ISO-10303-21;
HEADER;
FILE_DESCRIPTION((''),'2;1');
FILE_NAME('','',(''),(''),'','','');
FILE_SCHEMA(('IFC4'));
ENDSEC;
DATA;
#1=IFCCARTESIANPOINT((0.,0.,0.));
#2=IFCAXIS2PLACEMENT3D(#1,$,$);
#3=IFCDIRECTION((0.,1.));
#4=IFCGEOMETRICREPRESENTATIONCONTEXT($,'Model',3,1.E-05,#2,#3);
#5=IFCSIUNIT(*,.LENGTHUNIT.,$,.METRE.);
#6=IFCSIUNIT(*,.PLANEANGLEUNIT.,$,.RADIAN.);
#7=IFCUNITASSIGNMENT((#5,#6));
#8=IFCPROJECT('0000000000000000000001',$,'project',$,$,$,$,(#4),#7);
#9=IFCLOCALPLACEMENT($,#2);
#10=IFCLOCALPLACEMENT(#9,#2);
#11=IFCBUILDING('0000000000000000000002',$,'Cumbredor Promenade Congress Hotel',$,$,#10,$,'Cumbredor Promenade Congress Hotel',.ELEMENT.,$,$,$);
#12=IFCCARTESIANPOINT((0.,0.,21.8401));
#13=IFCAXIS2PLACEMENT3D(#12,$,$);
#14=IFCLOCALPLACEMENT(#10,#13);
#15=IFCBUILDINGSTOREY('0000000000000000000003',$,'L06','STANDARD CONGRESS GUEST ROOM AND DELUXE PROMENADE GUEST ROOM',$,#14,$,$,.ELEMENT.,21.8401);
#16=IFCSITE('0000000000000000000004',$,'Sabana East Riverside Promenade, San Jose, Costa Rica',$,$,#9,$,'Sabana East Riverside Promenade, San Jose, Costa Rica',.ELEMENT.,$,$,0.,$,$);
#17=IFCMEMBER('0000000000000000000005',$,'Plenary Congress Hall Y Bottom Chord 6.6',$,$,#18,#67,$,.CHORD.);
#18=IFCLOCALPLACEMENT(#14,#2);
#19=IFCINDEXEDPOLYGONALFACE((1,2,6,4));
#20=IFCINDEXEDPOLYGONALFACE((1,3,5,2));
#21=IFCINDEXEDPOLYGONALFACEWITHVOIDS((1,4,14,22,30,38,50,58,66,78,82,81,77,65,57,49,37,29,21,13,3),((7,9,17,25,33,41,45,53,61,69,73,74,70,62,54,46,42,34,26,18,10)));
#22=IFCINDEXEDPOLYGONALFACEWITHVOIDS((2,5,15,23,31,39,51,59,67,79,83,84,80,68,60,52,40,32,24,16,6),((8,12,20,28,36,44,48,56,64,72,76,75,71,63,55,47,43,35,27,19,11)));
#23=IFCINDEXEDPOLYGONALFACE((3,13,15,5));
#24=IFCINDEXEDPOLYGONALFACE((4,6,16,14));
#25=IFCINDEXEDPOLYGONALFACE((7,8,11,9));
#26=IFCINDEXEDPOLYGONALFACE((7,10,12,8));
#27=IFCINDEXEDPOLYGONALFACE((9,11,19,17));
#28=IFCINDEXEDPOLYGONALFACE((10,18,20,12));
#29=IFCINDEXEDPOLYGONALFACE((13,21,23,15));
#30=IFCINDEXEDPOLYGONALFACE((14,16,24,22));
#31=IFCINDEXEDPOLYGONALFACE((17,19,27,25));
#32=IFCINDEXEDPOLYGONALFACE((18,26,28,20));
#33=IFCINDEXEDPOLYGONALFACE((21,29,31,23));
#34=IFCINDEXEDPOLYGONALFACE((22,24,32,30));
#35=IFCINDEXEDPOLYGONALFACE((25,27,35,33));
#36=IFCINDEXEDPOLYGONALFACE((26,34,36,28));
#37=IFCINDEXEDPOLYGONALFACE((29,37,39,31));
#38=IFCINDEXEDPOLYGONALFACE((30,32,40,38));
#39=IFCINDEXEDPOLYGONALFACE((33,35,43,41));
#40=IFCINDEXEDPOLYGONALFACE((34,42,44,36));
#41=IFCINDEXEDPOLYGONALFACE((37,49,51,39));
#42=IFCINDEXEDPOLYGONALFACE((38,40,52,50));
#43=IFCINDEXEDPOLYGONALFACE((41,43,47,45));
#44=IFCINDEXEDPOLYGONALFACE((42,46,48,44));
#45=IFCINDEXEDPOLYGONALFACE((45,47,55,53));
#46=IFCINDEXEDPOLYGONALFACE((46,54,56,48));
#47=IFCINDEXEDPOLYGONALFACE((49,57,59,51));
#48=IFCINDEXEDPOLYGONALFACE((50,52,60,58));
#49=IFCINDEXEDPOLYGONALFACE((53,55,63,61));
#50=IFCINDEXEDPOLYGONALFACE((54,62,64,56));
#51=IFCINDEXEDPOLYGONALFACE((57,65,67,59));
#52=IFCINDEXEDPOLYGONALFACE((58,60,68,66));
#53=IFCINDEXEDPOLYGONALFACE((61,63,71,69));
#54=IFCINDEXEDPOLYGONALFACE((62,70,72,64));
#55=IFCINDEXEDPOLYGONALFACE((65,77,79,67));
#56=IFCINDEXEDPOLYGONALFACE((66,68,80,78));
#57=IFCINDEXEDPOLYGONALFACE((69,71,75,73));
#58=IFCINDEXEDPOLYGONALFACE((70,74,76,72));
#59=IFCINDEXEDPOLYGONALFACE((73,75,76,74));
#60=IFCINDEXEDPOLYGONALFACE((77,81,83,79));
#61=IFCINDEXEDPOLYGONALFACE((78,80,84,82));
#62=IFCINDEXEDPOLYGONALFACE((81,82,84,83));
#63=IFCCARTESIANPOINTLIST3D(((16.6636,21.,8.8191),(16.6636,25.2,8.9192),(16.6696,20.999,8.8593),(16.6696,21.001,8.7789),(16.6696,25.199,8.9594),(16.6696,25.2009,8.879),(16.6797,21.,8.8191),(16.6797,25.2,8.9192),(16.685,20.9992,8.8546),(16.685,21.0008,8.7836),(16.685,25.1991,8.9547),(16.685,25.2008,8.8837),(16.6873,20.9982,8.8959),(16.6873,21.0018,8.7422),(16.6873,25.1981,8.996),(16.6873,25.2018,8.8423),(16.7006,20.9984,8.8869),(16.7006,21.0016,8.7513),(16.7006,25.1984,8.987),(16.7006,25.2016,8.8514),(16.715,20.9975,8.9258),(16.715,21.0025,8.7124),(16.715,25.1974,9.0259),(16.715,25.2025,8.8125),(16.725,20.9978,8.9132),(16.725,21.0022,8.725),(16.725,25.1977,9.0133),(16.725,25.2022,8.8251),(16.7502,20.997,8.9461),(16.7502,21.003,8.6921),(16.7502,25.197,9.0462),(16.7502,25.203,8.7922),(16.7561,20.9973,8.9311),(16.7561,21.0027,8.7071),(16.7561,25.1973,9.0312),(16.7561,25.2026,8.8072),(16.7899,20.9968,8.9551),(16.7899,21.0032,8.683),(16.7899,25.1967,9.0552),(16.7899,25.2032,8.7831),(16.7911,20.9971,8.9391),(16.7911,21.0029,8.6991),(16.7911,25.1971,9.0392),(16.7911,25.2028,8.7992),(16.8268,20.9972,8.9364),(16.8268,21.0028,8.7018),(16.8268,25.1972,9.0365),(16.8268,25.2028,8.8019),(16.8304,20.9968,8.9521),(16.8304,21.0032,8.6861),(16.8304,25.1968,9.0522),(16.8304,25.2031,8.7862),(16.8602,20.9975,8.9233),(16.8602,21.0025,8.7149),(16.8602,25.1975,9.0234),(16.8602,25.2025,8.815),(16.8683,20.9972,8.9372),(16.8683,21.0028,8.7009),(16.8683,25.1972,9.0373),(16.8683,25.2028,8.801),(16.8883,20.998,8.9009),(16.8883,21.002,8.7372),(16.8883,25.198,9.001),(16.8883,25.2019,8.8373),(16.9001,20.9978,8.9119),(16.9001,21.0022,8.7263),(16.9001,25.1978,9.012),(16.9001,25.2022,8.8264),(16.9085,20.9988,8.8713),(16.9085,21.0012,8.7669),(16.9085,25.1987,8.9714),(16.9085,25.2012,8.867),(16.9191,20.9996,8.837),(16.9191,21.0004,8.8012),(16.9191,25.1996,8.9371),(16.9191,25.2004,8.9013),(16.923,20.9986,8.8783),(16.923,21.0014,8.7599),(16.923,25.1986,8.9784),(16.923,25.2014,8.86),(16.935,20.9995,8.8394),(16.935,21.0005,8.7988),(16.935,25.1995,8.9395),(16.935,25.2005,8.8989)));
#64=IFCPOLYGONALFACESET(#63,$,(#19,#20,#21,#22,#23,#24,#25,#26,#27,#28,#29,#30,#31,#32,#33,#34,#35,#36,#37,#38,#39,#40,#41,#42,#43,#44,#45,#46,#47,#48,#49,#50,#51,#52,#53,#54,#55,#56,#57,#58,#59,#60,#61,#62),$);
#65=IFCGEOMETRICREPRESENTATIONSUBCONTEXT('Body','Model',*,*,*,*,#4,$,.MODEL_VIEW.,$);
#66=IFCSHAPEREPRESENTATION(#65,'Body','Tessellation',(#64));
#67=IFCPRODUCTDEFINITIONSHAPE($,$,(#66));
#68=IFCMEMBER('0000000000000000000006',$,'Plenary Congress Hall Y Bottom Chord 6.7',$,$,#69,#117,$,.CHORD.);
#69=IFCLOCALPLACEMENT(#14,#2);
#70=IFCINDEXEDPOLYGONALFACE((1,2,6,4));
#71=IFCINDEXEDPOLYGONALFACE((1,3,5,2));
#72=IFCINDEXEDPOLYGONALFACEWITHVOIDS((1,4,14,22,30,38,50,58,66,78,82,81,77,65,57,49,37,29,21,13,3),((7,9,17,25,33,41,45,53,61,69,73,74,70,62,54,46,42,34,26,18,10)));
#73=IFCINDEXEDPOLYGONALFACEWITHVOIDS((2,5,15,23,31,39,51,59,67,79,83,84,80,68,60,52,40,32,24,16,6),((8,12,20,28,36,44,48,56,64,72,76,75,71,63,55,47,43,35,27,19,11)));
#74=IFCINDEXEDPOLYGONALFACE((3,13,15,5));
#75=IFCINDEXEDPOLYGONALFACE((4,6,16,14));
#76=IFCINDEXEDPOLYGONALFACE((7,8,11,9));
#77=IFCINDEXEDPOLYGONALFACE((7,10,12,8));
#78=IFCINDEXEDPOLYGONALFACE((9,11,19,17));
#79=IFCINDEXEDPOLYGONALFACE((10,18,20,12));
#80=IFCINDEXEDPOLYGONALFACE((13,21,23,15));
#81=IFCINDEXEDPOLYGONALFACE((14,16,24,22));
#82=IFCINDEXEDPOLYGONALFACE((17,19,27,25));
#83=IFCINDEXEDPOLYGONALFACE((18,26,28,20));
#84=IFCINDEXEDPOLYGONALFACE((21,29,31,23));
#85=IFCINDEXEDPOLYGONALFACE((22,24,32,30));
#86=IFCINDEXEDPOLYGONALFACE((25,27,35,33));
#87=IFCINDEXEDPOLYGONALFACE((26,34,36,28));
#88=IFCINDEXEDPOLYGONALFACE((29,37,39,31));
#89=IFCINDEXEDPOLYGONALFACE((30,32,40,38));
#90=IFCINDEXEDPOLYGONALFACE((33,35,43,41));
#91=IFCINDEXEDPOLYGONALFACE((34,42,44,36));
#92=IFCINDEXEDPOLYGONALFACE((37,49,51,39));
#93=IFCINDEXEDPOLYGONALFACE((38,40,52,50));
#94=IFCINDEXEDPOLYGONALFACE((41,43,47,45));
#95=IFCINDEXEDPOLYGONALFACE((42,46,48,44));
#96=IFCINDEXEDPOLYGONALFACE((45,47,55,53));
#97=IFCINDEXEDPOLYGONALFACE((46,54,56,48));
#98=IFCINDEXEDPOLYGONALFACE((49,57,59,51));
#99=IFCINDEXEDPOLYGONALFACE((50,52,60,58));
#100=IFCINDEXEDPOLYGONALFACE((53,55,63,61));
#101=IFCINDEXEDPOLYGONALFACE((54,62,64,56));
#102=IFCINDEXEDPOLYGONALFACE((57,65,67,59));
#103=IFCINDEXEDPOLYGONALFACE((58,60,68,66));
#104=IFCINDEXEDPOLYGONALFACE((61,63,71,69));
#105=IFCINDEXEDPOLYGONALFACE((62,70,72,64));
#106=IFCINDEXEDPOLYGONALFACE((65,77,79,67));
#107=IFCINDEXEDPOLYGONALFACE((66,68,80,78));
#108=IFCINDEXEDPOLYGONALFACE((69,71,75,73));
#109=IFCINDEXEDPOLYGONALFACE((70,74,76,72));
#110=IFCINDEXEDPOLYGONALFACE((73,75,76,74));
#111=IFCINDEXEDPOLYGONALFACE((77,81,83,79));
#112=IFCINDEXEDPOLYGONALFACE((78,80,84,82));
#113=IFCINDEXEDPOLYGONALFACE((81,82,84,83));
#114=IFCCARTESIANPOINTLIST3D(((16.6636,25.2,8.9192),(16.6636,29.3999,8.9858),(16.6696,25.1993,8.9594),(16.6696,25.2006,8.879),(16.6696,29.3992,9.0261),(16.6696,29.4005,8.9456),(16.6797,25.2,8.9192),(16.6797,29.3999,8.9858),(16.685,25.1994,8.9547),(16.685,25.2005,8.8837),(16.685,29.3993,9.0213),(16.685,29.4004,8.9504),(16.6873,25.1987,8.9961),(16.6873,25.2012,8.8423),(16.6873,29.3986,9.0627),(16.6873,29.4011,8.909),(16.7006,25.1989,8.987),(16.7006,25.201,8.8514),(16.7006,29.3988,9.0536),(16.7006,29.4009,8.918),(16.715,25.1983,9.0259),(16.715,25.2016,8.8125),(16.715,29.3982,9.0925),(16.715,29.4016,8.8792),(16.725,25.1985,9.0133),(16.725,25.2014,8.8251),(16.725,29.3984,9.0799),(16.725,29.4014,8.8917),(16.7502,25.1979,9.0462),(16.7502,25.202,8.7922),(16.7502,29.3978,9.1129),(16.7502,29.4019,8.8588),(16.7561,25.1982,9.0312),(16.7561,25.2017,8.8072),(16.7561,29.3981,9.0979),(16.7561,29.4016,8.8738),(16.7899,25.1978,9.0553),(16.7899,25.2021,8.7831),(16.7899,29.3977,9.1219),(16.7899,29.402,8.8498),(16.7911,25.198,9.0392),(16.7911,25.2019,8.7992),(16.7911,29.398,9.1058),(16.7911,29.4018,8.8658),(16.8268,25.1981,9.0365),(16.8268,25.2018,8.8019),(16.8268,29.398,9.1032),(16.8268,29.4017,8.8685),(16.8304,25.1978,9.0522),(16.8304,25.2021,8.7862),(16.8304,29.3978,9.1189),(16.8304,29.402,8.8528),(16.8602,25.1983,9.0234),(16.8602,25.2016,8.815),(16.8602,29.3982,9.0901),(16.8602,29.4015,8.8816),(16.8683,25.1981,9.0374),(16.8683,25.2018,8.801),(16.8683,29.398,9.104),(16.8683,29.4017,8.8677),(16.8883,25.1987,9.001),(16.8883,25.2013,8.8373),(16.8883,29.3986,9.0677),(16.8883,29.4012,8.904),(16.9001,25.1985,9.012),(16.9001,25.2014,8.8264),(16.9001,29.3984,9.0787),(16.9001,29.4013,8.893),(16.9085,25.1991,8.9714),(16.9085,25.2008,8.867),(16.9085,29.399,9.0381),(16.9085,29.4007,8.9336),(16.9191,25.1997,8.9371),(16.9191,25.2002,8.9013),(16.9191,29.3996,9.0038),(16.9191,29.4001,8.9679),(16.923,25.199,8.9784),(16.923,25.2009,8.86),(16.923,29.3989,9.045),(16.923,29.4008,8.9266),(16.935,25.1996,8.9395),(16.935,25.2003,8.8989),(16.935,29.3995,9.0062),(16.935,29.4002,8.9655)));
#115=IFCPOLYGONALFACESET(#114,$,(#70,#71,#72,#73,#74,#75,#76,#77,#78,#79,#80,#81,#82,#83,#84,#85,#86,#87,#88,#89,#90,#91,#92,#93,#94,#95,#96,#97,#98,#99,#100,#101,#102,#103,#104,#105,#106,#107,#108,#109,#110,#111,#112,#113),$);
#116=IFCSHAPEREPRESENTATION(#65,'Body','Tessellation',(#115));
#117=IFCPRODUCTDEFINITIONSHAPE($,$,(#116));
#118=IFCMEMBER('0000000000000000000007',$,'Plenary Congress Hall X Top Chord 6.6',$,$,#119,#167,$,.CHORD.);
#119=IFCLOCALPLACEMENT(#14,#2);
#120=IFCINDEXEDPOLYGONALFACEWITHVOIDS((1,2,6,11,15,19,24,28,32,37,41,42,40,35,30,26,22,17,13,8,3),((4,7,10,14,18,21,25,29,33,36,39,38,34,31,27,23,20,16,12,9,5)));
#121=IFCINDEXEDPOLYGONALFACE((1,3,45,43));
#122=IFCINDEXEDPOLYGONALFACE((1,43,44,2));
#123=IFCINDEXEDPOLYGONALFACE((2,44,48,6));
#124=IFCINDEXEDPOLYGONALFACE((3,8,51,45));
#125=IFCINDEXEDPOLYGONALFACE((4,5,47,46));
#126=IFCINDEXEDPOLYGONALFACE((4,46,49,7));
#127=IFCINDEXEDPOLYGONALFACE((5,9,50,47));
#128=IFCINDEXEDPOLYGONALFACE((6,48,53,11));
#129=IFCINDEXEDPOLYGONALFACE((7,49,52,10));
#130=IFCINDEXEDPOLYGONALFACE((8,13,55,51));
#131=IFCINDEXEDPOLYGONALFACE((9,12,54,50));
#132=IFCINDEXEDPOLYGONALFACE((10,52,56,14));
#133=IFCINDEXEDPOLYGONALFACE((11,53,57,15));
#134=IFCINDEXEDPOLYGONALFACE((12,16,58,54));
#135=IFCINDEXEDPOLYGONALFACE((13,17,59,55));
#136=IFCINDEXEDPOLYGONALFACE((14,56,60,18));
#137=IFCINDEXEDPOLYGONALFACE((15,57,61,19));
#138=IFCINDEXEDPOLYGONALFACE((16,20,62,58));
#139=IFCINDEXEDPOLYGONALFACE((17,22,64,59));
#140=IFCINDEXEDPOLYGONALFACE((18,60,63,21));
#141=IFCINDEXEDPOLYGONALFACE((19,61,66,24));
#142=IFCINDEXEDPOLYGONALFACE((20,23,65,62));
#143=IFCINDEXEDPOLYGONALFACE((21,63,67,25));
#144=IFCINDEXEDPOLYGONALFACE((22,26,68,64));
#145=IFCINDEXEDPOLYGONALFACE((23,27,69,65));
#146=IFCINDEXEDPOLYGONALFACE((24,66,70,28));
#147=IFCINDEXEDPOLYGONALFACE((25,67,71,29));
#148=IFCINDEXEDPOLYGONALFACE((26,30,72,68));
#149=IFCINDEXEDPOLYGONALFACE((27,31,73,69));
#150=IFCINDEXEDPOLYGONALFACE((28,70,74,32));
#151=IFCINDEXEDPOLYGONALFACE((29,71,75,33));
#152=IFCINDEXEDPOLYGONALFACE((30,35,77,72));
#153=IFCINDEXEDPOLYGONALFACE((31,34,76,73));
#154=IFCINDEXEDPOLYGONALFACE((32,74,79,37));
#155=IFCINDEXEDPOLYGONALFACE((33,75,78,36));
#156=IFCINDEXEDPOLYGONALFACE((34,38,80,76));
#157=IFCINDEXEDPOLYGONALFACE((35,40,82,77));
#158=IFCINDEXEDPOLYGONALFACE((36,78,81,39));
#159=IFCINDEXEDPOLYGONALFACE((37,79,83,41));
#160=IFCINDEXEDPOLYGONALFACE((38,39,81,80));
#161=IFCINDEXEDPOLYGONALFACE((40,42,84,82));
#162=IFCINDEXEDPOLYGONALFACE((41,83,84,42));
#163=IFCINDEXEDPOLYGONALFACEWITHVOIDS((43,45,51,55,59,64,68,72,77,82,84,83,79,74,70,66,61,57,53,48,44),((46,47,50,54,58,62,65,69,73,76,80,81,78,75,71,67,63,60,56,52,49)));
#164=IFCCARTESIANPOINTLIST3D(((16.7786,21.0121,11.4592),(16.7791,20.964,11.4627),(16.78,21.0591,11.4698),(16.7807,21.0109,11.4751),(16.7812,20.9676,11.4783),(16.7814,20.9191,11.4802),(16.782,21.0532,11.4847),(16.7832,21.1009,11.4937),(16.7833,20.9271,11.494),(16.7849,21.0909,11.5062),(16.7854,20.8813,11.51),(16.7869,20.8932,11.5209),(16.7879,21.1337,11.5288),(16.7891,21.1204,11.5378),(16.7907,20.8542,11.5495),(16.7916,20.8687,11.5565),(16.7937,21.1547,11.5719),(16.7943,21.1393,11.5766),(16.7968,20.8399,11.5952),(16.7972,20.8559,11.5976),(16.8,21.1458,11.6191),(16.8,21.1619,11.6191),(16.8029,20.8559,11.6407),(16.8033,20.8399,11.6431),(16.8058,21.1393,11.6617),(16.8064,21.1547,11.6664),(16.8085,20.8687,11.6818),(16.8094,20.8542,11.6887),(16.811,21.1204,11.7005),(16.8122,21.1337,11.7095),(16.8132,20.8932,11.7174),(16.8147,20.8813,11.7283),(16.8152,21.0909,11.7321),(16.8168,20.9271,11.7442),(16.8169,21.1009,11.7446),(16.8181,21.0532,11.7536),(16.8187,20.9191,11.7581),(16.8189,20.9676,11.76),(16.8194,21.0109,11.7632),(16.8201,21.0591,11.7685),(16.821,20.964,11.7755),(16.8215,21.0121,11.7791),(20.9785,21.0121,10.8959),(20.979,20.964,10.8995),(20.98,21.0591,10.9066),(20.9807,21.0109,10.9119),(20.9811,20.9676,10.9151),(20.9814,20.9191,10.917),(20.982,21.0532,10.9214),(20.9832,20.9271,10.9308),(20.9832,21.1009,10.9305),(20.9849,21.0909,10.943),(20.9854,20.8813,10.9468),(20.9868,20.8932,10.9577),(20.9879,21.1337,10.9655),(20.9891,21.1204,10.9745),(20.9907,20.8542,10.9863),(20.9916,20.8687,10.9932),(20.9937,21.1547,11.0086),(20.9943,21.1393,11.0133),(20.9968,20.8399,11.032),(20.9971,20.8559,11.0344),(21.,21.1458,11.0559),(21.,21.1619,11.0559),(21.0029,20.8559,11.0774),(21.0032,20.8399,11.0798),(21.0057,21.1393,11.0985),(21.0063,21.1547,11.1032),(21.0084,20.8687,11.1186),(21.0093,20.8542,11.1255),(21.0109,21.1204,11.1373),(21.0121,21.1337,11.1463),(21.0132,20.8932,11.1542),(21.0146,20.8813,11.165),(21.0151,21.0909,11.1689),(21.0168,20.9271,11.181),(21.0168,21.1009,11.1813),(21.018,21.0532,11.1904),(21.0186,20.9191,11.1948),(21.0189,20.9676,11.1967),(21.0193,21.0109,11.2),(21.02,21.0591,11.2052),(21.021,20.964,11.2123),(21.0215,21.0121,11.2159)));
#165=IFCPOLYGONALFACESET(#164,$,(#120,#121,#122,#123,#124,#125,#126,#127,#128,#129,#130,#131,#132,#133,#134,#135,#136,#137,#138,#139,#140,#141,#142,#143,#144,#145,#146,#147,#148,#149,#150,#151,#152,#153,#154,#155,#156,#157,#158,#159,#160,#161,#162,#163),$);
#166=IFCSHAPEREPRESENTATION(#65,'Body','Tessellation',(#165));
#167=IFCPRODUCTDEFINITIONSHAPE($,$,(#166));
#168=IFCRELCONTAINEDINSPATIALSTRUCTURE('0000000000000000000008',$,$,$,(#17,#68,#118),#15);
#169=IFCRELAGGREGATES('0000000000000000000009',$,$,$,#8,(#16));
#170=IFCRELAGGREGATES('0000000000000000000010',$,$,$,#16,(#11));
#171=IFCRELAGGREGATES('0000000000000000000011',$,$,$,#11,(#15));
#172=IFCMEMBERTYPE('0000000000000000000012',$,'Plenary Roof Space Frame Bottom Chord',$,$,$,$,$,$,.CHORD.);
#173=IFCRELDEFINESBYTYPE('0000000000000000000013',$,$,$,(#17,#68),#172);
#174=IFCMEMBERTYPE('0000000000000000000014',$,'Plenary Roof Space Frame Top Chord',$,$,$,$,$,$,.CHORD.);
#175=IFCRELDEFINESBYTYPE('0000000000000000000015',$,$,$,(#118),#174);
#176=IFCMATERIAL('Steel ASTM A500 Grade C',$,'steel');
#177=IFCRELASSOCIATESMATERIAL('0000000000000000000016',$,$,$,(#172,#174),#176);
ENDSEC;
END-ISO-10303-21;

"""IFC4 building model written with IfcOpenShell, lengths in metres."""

from ifc_helpers import new_model, si_unit, direction, frame, origin, origin_2d, place, context, subcontext, project, spatial, hollow_circle, extrude, material, material_profile, profile_set, type_object, element, save


model = new_model("IFC4")

# Units and contexts
model_context = context("Model", 3, precision=1e-05, world=origin(), true_north=direction((0.0, 1.0)))
body_context = subcontext(model_context, "Body", "Model", "MODEL_VIEW")
ifc_project = project(units=[si_unit("LENGTHUNIT", "METRE"), si_unit("PLANEANGLEUNIT", "RADIAN")], contexts=[model_context])

# Site, building, storey
site_placement = place(None, origin())
site = spatial("IfcSite", under=ifc_project, at=site_placement, Name="Sabana East Riverside Promenade, San Jose, Costa Rica", LongName="Sabana East Riverside Promenade, San Jose, Costa Rica", CompositionType="ELEMENT", RefElevation=0.0)
building_placement = place(site_placement, origin())
building = spatial("IfcBuilding", under=site, at=building_placement, Name="Cumbredor Promenade Congress Hotel", LongName="Cumbredor Promenade Congress Hotel", CompositionType="ELEMENT")
storey_placement = place(building_placement, frame((0.0, 0.0, 21.8401)))
storey = spatial("IfcBuildingStorey", under=building, at=storey_placement, Name="L06", Description="STANDARD CONGRESS GUEST ROOM AND DELUXE PROMENADE GUEST ROOM", CompositionType="ELEMENT", Elevation=21.8401)

# Members
ifc_material_1 = material(Name="Steel ASTM A500 Grade C", Category="steel")
ifc_material_profile_1 = material_profile(ifc_material_1, hollow_circle(Radius=0.1365, WallThickness=0.0161, at=origin_2d()), Name="CHS 273.0x16")
ifc_profile_set_1 = profile_set([ifc_material_profile_1], Name="Steel ASTM A500 Grade C")
member_type_1 = type_object("IfcMemberType", Name="Plenary Roof Space Frame Bottom Chord", PredefinedType="CHORD", material=ifc_profile_set_1)
member_1_placement = place(storey_placement, frame((16.8, 21.0, 8.8191), z_axis=(0.0, 0.999716, 0.023826), x_axis=(-1.0, 0.0, 0.0)))
element("IfcMember", 1, at=member_1_placement, inside=storey, type_object=member_type_1, Name="Plenary Congress Hall Y Bottom Chord 6.6", PredefinedType="CHORD", context=body_context, shape_type="SweptSolid", body=[
    extrude(hollow_circle(Radius=0.1365, WallThickness=0.0161, at=origin_2d()), origin(), (0.0, 0.0, 1.0), 4.2012),
])
member_2_placement = place(storey_placement, frame((16.8, 25.2, 8.9192), z_axis=(0.0, 0.999874, 0.015867), x_axis=(-1.0, 0.0, 0.0)))
element("IfcMember", 2, at=member_2_placement, inside=storey, type_object=member_type_1, Name="Plenary Congress Hall Y Bottom Chord 6.7", PredefinedType="CHORD", context=body_context, shape_type="SweptSolid", body=[
    extrude(hollow_circle(Radius=0.1365, WallThickness=0.0161, at=origin_2d()), origin(), (0.0, 0.0, 1.0), 4.2004),
])
ifc_material_profile_2 = material_profile(ifc_material_1, hollow_circle(Radius=0.1619, WallThickness=0.0161, at=origin_2d()), Name="CHS 323.9x16")
ifc_profile_set_2 = profile_set([ifc_material_profile_2], Name="Steel ASTM A500 Grade C")
member_type_2 = type_object("IfcMemberType", Name="Plenary Roof Space Frame Top Chord", PredefinedType="CHORD", material=ifc_profile_set_2)
member_3_placement = place(storey_placement, frame((16.8, 21.0, 11.6191), z_axis=(0.991127, 0.0, -0.132915), x_axis=(0.0, 1.0, 0.0)))
element("IfcMember", 3, at=member_3_placement, inside=storey, type_object=member_type_2, Name="Plenary Congress Hall X Top Chord 6.6", PredefinedType="CHORD", context=body_context, shape_type="SweptSolid", body=[
    extrude(hollow_circle(Radius=0.1619, WallThickness=0.0161, at=origin_2d()), origin(), (0.0, 0.0, 1.0), 4.2375),
])

save(model, "model.ifc")
